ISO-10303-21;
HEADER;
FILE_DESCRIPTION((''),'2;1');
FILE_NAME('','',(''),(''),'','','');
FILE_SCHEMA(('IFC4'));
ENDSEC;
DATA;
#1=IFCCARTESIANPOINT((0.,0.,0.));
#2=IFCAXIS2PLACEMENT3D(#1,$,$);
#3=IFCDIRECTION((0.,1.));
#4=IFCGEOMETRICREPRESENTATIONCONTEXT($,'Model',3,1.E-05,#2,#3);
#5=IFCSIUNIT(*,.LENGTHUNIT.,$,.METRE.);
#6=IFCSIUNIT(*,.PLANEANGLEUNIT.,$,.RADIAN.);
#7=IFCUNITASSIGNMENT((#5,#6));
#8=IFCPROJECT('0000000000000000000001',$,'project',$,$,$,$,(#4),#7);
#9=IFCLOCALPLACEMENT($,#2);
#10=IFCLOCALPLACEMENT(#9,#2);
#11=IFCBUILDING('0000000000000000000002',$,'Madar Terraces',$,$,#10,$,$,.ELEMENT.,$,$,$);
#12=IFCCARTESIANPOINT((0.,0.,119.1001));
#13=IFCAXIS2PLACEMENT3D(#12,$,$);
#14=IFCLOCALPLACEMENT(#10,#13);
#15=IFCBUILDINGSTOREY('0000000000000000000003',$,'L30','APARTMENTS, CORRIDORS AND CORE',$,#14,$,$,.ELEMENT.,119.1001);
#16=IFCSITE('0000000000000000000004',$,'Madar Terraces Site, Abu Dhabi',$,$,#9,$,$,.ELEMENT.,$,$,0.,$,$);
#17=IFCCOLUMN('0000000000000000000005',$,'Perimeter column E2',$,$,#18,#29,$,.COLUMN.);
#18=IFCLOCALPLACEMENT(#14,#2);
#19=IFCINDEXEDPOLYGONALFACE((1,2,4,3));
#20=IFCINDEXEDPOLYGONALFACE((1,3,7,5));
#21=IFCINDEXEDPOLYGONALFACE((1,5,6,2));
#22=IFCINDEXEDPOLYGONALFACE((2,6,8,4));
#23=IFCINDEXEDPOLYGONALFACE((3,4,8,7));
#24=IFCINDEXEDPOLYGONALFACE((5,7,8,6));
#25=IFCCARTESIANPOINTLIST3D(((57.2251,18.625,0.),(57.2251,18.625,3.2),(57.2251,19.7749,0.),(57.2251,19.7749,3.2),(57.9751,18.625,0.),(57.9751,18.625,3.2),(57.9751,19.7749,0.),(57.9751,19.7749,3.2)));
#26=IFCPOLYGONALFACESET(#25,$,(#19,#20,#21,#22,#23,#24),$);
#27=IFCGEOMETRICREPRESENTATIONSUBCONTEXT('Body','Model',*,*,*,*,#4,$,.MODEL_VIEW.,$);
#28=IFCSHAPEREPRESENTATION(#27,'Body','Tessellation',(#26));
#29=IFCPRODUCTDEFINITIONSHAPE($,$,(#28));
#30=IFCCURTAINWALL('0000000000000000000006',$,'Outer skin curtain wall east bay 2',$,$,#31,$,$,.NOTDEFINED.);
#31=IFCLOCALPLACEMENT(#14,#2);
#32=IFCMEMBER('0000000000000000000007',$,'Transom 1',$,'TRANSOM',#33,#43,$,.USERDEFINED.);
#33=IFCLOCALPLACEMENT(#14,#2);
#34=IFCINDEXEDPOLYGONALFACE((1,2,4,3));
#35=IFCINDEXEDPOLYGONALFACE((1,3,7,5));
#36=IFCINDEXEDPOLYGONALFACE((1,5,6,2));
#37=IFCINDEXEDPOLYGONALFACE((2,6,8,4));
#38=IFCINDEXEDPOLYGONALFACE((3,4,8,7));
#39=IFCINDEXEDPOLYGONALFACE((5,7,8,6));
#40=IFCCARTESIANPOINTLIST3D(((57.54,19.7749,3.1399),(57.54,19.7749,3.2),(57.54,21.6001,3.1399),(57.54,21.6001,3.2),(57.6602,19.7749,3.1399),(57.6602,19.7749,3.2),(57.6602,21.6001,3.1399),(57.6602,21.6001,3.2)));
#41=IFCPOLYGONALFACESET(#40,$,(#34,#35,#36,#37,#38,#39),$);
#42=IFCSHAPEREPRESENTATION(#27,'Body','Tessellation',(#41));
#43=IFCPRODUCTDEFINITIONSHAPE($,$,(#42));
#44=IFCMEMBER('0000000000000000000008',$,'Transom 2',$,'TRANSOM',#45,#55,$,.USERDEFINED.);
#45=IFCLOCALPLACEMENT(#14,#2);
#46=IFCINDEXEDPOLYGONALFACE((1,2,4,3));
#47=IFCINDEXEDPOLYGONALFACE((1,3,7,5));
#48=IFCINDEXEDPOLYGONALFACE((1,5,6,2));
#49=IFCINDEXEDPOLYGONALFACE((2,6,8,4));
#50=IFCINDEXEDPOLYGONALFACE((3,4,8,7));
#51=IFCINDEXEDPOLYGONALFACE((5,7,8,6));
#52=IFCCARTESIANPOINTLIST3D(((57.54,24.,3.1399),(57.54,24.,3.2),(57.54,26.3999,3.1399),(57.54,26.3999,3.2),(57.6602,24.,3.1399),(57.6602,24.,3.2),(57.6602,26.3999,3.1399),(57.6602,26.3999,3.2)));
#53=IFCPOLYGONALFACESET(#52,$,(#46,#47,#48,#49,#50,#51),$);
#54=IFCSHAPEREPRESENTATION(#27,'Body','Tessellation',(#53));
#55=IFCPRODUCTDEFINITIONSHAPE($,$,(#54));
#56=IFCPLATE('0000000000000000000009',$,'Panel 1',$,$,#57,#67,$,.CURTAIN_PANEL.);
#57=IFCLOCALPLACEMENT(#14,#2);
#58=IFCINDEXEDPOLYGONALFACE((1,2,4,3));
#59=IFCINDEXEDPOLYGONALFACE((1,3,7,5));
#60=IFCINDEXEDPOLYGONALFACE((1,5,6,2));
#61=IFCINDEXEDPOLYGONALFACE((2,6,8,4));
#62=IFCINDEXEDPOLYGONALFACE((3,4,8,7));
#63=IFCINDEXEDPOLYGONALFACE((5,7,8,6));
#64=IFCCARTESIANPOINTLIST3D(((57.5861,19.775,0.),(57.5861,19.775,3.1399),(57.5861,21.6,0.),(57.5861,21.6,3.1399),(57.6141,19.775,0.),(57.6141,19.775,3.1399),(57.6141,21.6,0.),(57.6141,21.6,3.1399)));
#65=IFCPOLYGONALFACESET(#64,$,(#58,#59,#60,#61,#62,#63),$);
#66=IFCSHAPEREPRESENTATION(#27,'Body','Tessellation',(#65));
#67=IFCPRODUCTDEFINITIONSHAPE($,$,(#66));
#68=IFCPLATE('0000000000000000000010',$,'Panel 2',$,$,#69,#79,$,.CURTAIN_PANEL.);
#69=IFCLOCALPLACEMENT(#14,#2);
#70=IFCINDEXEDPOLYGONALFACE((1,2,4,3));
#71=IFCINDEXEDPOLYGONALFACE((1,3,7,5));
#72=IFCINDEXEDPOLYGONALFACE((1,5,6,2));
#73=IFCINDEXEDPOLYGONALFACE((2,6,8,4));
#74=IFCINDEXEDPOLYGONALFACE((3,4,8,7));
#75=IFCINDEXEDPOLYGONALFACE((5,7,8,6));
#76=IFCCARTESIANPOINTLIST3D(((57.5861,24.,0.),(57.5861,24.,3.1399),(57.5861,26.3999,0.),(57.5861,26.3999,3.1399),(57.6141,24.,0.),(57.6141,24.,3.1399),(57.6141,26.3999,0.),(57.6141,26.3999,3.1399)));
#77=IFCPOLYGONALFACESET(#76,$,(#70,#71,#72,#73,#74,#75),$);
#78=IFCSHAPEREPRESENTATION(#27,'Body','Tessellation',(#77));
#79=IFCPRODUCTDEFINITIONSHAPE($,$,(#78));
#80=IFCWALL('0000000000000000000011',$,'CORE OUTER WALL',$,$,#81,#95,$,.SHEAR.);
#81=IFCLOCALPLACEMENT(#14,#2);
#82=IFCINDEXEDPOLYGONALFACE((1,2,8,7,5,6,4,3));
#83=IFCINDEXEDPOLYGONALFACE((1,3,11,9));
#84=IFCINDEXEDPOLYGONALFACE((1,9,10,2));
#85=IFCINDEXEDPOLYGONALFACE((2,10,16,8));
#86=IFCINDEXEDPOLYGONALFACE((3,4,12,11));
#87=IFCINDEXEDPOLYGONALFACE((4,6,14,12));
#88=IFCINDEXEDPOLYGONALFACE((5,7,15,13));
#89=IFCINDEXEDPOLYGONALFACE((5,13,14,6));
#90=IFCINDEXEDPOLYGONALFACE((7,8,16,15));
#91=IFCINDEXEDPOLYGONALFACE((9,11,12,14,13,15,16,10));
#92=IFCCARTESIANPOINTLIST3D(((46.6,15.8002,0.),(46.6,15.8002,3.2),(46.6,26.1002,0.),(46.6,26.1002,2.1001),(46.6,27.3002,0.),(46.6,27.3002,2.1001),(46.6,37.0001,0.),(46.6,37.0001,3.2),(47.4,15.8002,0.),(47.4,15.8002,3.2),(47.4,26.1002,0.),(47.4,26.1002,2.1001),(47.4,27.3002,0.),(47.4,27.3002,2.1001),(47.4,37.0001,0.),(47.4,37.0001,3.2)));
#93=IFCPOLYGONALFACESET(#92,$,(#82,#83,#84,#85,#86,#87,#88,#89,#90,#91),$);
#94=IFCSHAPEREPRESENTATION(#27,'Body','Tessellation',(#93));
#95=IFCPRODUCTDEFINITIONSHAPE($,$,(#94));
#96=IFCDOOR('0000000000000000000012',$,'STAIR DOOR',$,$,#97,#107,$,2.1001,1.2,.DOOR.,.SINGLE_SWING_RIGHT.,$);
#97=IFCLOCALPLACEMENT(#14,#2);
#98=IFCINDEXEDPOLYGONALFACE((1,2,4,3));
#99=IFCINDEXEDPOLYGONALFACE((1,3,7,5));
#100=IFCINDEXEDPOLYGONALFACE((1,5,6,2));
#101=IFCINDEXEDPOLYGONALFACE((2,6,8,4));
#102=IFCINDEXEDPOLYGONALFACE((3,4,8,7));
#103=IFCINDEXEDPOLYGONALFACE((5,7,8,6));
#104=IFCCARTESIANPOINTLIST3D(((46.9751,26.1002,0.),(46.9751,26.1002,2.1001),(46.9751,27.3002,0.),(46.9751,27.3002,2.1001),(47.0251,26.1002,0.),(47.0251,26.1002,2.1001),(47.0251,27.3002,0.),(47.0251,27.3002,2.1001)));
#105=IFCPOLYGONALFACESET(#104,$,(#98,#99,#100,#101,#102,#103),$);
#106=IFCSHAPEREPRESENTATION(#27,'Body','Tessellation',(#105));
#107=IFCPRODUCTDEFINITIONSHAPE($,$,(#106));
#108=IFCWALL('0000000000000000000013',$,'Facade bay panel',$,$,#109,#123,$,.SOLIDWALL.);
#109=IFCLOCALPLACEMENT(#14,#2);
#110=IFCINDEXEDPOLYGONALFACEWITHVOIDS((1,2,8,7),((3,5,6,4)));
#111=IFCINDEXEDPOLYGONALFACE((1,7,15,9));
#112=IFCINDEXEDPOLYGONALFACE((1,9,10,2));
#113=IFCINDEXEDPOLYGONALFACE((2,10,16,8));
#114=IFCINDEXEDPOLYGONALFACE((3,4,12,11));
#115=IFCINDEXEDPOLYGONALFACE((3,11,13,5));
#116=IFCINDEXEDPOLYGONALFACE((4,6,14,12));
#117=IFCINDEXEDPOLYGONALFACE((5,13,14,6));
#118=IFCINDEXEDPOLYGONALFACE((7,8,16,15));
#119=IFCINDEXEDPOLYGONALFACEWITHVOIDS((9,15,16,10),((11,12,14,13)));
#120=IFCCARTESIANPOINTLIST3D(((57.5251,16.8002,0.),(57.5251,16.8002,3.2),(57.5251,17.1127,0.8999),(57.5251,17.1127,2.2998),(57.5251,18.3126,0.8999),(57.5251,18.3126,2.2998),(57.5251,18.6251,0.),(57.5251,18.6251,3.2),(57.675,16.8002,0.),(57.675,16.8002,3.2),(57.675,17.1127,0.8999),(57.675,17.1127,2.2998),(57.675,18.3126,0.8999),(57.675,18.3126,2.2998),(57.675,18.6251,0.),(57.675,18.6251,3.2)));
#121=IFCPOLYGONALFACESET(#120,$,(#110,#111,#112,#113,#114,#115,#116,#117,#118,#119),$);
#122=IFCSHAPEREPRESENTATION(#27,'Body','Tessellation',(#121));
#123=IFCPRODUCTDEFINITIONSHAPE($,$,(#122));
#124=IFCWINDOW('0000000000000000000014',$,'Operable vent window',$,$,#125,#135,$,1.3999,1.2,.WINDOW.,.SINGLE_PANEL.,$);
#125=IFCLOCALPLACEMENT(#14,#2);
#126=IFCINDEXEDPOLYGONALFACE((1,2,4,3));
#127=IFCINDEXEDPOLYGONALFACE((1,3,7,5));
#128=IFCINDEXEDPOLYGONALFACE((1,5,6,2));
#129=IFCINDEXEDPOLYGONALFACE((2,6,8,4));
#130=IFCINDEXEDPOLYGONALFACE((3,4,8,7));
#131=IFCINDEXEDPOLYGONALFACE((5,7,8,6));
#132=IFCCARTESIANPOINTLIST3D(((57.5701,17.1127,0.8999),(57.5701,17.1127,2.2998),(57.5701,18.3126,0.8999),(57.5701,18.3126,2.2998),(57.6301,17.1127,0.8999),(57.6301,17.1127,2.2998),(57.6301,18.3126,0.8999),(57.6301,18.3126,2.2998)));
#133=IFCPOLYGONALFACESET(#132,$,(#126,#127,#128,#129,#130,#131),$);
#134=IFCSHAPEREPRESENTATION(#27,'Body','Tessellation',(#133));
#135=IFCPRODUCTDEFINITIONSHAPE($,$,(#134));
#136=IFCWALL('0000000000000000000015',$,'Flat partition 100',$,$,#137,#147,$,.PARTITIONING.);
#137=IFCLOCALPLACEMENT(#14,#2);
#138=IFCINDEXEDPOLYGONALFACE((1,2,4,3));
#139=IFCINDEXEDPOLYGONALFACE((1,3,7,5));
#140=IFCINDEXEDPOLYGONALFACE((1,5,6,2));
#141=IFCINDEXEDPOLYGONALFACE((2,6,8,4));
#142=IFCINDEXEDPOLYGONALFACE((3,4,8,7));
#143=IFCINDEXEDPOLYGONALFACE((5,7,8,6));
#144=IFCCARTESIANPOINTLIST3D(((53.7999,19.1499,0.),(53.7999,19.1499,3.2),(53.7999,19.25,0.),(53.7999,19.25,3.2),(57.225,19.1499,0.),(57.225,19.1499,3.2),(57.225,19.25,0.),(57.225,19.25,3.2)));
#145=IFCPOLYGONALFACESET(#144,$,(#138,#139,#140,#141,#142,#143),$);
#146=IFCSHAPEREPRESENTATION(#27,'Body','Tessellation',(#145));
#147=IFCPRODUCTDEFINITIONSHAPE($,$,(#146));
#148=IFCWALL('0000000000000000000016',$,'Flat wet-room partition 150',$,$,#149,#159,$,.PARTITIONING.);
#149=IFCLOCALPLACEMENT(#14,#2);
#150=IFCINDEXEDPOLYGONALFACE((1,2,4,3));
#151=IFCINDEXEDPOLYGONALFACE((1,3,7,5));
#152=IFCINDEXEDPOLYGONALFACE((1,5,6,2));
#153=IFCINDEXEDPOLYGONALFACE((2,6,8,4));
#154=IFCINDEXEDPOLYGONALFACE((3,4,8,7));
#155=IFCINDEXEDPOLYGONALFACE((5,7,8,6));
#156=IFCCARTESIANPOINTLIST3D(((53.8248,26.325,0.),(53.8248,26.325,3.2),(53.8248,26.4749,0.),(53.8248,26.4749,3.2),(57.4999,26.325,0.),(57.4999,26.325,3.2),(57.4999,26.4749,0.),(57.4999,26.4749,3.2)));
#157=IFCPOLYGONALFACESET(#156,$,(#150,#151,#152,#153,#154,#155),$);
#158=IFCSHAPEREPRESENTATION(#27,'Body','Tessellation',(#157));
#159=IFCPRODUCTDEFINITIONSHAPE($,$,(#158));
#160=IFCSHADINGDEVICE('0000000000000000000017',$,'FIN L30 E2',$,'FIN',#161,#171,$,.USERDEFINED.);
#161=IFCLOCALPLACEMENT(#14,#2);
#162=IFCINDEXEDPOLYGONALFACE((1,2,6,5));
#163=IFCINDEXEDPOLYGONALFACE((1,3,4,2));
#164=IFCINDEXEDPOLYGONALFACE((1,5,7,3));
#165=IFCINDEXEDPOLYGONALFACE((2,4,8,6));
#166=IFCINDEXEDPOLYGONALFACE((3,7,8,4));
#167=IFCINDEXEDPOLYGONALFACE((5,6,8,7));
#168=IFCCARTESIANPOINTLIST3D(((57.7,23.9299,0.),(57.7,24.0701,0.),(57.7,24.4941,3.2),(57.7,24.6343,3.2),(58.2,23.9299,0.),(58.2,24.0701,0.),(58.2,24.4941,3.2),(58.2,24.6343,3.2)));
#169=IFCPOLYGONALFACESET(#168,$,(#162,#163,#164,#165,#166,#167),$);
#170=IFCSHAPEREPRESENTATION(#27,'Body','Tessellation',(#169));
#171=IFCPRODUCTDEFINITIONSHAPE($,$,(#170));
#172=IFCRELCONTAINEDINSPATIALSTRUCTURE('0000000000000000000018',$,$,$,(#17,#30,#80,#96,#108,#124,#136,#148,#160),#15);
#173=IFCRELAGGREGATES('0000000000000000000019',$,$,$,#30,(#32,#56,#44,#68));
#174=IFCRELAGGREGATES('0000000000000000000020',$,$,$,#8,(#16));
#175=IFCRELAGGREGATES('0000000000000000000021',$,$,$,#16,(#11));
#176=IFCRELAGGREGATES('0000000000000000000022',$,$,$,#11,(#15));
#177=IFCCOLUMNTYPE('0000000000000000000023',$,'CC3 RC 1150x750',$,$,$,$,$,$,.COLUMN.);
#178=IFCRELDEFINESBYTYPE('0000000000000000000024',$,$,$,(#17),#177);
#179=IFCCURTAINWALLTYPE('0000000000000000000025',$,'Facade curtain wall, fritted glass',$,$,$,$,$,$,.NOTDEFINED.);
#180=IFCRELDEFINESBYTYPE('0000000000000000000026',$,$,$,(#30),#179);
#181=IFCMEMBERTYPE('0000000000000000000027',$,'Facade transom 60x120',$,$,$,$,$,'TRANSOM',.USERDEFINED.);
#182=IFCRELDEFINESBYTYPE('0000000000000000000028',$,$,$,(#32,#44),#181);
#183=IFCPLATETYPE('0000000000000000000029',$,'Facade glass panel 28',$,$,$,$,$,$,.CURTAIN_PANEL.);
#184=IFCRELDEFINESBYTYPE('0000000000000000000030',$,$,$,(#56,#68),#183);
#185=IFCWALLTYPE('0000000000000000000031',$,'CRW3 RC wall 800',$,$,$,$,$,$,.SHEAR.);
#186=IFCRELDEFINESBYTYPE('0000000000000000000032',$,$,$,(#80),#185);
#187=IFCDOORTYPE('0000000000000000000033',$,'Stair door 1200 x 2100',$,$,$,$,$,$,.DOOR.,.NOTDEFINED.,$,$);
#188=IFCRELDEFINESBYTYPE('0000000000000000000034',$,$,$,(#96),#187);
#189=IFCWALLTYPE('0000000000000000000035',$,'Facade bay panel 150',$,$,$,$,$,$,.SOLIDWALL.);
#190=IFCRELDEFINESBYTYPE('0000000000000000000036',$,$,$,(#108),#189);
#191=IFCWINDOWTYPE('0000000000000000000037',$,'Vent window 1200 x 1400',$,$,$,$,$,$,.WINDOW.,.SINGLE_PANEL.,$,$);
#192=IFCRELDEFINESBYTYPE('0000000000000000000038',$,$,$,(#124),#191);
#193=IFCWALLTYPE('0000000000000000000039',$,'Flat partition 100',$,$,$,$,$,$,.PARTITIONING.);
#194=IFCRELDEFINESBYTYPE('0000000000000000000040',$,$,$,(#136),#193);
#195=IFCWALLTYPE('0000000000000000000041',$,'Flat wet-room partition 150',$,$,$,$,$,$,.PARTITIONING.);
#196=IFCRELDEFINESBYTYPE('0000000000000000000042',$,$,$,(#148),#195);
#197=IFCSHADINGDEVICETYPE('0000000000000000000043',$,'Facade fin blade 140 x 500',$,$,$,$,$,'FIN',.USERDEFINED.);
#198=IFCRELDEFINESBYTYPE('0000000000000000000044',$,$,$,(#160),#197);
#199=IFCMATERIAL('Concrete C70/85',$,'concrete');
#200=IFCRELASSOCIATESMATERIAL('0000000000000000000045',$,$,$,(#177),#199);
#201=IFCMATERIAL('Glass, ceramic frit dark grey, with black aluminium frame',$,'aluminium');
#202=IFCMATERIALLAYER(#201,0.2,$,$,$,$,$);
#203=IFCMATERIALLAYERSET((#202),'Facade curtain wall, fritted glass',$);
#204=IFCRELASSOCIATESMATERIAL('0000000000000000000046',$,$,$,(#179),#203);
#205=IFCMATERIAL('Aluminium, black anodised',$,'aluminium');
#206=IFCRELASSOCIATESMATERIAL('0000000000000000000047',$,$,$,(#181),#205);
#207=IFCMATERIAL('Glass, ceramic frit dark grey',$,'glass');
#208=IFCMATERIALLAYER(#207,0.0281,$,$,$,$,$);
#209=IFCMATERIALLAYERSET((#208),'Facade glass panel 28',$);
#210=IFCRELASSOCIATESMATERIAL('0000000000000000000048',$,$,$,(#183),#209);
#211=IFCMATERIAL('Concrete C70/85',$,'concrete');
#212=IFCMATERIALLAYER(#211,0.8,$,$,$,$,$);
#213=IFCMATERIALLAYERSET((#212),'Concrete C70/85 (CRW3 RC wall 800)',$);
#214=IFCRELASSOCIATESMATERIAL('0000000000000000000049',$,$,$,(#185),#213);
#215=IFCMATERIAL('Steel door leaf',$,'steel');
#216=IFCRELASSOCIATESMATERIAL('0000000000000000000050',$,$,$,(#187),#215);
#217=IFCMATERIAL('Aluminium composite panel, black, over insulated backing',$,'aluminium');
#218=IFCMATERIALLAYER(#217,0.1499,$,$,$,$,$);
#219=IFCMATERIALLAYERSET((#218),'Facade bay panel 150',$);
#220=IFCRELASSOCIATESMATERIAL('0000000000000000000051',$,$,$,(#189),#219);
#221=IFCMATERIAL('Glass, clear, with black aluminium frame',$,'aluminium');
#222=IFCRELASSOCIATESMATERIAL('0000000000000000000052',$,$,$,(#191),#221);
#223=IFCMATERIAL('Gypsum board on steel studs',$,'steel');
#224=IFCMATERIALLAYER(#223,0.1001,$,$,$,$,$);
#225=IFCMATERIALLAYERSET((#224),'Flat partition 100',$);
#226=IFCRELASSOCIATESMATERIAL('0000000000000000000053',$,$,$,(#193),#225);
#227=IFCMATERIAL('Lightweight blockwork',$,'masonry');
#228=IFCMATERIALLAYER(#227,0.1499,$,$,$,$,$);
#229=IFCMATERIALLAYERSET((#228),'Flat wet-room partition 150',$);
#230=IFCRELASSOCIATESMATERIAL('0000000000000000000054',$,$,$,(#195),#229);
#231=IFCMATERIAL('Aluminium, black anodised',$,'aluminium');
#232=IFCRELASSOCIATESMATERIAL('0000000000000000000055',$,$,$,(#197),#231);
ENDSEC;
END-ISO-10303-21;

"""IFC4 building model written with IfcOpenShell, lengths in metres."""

from ifc_helpers import new_model, si_unit, direction, frame, frame_2d, origin, origin_2d, place, context, subcontext, project, spatial, polyline, rectangle, outline, extrude, material, layer, layer_set, material_profile, profile_set, type_object, element, fill, aggregate, save


model = new_model("IFC4")

# Units and contexts
model_context = context("Model", 3, precision=1e-05, world=origin(), true_north=direction((0.0, 1.0)))
body_context = subcontext(model_context, "Body", "Model", "MODEL_VIEW")
ifc_project = project(units=[si_unit("LENGTHUNIT", "METRE"), si_unit("PLANEANGLEUNIT", "RADIAN")], contexts=[model_context])

# Site, building, storey
site_placement = place(None, origin())
site = spatial("IfcSite", under=ifc_project, at=site_placement, Name="Madar Terraces Site, Abu Dhabi", CompositionType="ELEMENT", RefElevation=0.0)
building_placement = place(site_placement, origin())
building = spatial("IfcBuilding", under=site, at=building_placement, Name="Madar Terraces", CompositionType="ELEMENT")
storey_placement = place(building_placement, frame((0.0, 0.0, 119.1001)))
storey = spatial("IfcBuildingStorey", under=building, at=storey_placement, Name="L30", Description="APARTMENTS, CORRIDORS AND CORE", CompositionType="ELEMENT", Elevation=119.1001)

# Column
ifc_material_1 = material(Name="Concrete C70/85", Category="concrete")
ifc_material_profile_1 = material_profile(ifc_material_1, rectangle(XDim=1.1499, YDim=0.75, at=origin_2d()), Name="CC3 RC 1150x750")
ifc_profile_set_1 = profile_set([ifc_material_profile_1], Name="Concrete C70/85")
column_type = type_object("IfcColumnType", Name="CC3 RC 1150x750", PredefinedType="COLUMN", material=ifc_profile_set_1)
column_placement = place(storey_placement, frame((57.6001, 19.2, 0.0), z_axis=(0.0, 0.0, 1.0), x_axis=(0.0, 1.0, 0.0)))
element("IfcColumn", 1, at=column_placement, inside=storey, type_object=column_type, Name="Perimeter column E2", PredefinedType="COLUMN", context=body_context, shape_type="SweptSolid", body=[
    extrude(rectangle(XDim=1.1499, YDim=0.75, at=origin_2d()), origin(), (0.0, 0.0, 1.0), 3.2),
])

# Curtain wall, members, plates
ifc_material_2 = material(Name="Glass, ceramic frit dark grey, with black aluminium frame", Category="aluminium")
ifc_layer_1 = layer(ifc_material_2, 0.2)
ifc_layer_set_1 = layer_set([ifc_layer_1], Name="Facade curtain wall, fritted glass")
curtain_wall_type = type_object("IfcCurtainWallType", Name="Facade curtain wall, fritted glass", PredefinedType="NOTDEFINED", material=ifc_layer_set_1)
curtain_wall_placement = place(storey_placement, origin())
curtain_wall = element("IfcCurtainWall", 2, at=curtain_wall_placement, inside=storey, type_object=curtain_wall_type, Name="Outer skin curtain wall east bay 2", PredefinedType="NOTDEFINED")
ifc_material_3 = material(Name="Aluminium, black anodised", Category="aluminium")
ifc_material_profile_2 = material_profile(ifc_material_3, rectangle(XDim=0.1201, YDim=0.0601, at=origin_2d()), Name="Facade transom 60x120")
ifc_profile_set_2 = profile_set([ifc_material_profile_2], Name="Aluminium, black anodised")
member_type = type_object("IfcMemberType", Name="Facade transom 60x120", ElementType="TRANSOM", PredefinedType="USERDEFINED", material=ifc_profile_set_2)
member_1_placement = place(storey_placement, frame((57.6001, 19.7749, 3.1699), z_axis=(0.0, 1.0, 0.0), x_axis=(-1.0, 0.0, 0.0)))
member_1 = element("IfcMember", 3, at=member_1_placement, type_object=member_type, Name="Transom 1", ObjectType="TRANSOM", PredefinedType="USERDEFINED", context=body_context, shape_type="SweptSolid", body=[
    extrude(rectangle(XDim=0.1201, YDim=0.0601, at=origin_2d()), origin(), (0.0, 0.0, 1.0), 1.8252),
])
member_2_placement = place(storey_placement, frame((57.6001, 24.0, 3.1699), z_axis=(0.0, 1.0, 0.0), x_axis=(-1.0, 0.0, 0.0)))
member_2 = element("IfcMember", 4, at=member_2_placement, type_object=member_type, Name="Transom 2", ObjectType="TRANSOM", PredefinedType="USERDEFINED", context=body_context, shape_type="SweptSolid", body=[
    extrude(rectangle(XDim=0.1201, YDim=0.0601, at=origin_2d()), origin(), (0.0, 0.0, 1.0), 2.3999),
])
ifc_material_4 = material(Name="Glass, ceramic frit dark grey", Category="glass")
ifc_layer_2 = layer(ifc_material_4, 0.0281)
ifc_layer_set_2 = layer_set([ifc_layer_2], Name="Facade glass panel 28")
plate_type = type_object("IfcPlateType", Name="Facade glass panel 28", PredefinedType="CURTAIN_PANEL", material=ifc_layer_set_2)
plate_1_placement = place(storey_placement, frame((57.6001, 20.6875, 0.0), z_axis=(0.0, 0.0, 1.0), x_axis=(0.0, 1.0, 0.0)))
plate_1 = element("IfcPlate", 5, at=plate_1_placement, type_object=plate_type, Name="Panel 1", PredefinedType="CURTAIN_PANEL", context=body_context, shape_type="SweptSolid", body=[
    extrude(rectangle(XDim=1.825, YDim=0.0281, at=origin_2d()), origin(), (0.0, 0.0, 1.0), 3.1399),
])
plate_2_placement = place(storey_placement, frame((57.6001, 25.2, 0.0), z_axis=(0.0, 0.0, 1.0), x_axis=(0.0, 1.0, 0.0)))
plate_2 = element("IfcPlate", 6, at=plate_2_placement, type_object=plate_type, Name="Panel 2", PredefinedType="CURTAIN_PANEL", context=body_context, shape_type="SweptSolid", body=[
    extrude(rectangle(XDim=2.3999, YDim=0.0281, at=origin_2d()), origin(), (0.0, 0.0, 1.0), 3.1399),
])
aggregate(curtain_wall, [member_1, plate_1, member_2, plate_2])

# Wall, opening, door
ifc_material_5 = material(Name="Concrete C70/85", Category="concrete")
ifc_layer_3 = layer(ifc_material_5, 0.8)
ifc_layer_set_3 = layer_set([ifc_layer_3], Name="Concrete C70/85 (CRW3 RC wall 800)")
wall_type_1 = type_object("IfcWallType", Name="CRW3 RC wall 800", PredefinedType="SHEAR", material=ifc_layer_set_3)
wall_1_placement = place(storey_placement, frame((47.0, 15.8, 0.0), z_axis=(0.0, 0.0, 1.0), x_axis=(0.0, 1.0, 0.0)))
wall_1 = element("IfcWall", 7, at=wall_1_placement, inside=storey, type_object=wall_type_1, Name="CORE OUTER WALL", PredefinedType="SHEAR", context=body_context, shape_type="SweptSolid", body=[
    extrude(rectangle(XDim=21.2, YDim=0.8, at=frame_2d((10.6001, 0.0))), origin(), (0.0, 0.0, 1.0), 3.2),
])
opening_1_placement = place(wall_1_placement, frame((10.3, 0.0, 0.0)))
opening_1 = element("IfcOpeningElement", 8, at=opening_1_placement, cuts=wall_1, PredefinedType="OPENING", context=body_context, shape_type="SweptSolid", body=[
    extrude(rectangle(XDim=1.2, YDim=2.1001, at=frame_2d((0.6001, 1.05))), frame((0.0, 0.4099, 0.0), z_axis=(0.0, -1.0, 0.0), x_axis=(1.0, 0.0, 0.0)), (0.0, 0.0, 1.0), 0.8201),
])
ifc_material_6 = material(Name="Steel door leaf", Category="steel")
door_type_1 = type_object("IfcDoorType", Name="Stair door 1200 x 2100", OperationType="NOTDEFINED", PredefinedType="DOOR", material=ifc_material_6)
door_1_placement = place(opening_1_placement, origin())
door_1 = element("IfcDoor", 9, at=door_1_placement, inside=storey, type_object=door_type_1, Name="STAIR DOOR", OperationType="SINGLE_SWING_RIGHT", OverallHeight=2.1001, OverallWidth=1.2, PredefinedType="DOOR", context=body_context, shape_type="SweptSolid", body=[
    extrude(rectangle(XDim=1.2, YDim=2.1001, at=frame_2d((0.6001, 1.05))), frame((0.0, 0.0249, 0.0), z_axis=(0.0, -1.0, 0.0), x_axis=(1.0, 0.0, 0.0)), (0.0, 0.0, 1.0), 0.05),
])
fill(opening_1, door_1)

# Wall, opening, window
ifc_material_7 = material(Name="Aluminium composite panel, black, over insulated backing", Category="aluminium")
ifc_layer_4 = layer(ifc_material_7, 0.1499)
ifc_layer_set_4 = layer_set([ifc_layer_4], Name="Facade bay panel 150")
wall_type_2 = type_object("IfcWallType", Name="Facade bay panel 150", PredefinedType="SOLIDWALL", material=ifc_layer_set_4)
wall_2_placement = place(storey_placement, frame((57.6001, 16.8, 0.0), z_axis=(0.0, 0.0, 1.0), x_axis=(0.0, 1.0, 0.0)))
wall_2 = element("IfcWall", 10, at=wall_2_placement, inside=storey, type_object=wall_type_2, Name="Facade bay panel", PredefinedType="SOLIDWALL", context=body_context, shape_type="SweptSolid", body=[
    extrude(rectangle(XDim=1.825, YDim=0.1499, at=frame_2d((0.9126, 0.0))), origin(), (0.0, 0.0, 1.0), 3.2),
])
opening_2_placement = place(wall_2_placement, frame((0.3125, 0.0, 0.8999)))
opening_2 = element("IfcOpeningElement", 11, at=opening_2_placement, cuts=wall_2, PredefinedType="OPENING", context=body_context, shape_type="SweptSolid", body=[
    extrude(rectangle(XDim=1.2, YDim=1.3999, at=frame_2d((0.6001, 0.7))), frame((0.0, 0.085, 0.0), z_axis=(0.0, -1.0, 0.0), x_axis=(1.0, 0.0, 0.0)), (0.0, 0.0, 1.0), 0.1699),
])
ifc_material_8 = material(Name="Glass, clear, with black aluminium frame", Category="aluminium")
window_type = type_object("IfcWindowType", Name="Vent window 1200 x 1400", PartitioningType="SINGLE_PANEL", PredefinedType="WINDOW", material=ifc_material_8)
window_placement = place(opening_2_placement, origin())
window = element("IfcWindow", 12, at=window_placement, inside=storey, type_object=window_type, Name="Operable vent window", OverallHeight=1.3999, OverallWidth=1.2, PartitioningType="SINGLE_PANEL", PredefinedType="WINDOW", context=body_context, shape_type="SweptSolid", body=[
    extrude(rectangle(XDim=1.2, YDim=1.3999, at=frame_2d((0.6001, 0.7))), frame((0.0, 0.03, 0.0), z_axis=(0.0, -1.0, 0.0), x_axis=(1.0, 0.0, 0.0)), (0.0, 0.0, 1.0), 0.0601),
])
fill(opening_2, window)

# Walls
ifc_material_9 = material(Name="Gypsum board on steel studs", Category="steel")
ifc_layer_5 = layer(ifc_material_9, 0.1001)
ifc_layer_set_5 = layer_set([ifc_layer_5], Name="Flat partition 100")
wall_type_3 = type_object("IfcWallType", Name="Flat partition 100", PredefinedType="PARTITIONING", material=ifc_layer_set_5)
wall_3_placement = place(storey_placement, frame((53.8, 19.2, 0.0), z_axis=(0.0, 0.0, 1.0), x_axis=(1.0, 0.0, 0.0)))
element("IfcWall", 13, at=wall_3_placement, inside=storey, type_object=wall_type_3, Name="Flat partition 100", PredefinedType="PARTITIONING", context=body_context, shape_type="SweptSolid", body=[
    extrude(rectangle(XDim=3.425, YDim=0.1001, at=frame_2d((1.7124, 0.0))), origin(), (0.0, 0.0, 1.0), 3.2),
])
ifc_material_10 = material(Name="Lightweight blockwork", Category="masonry")
ifc_layer_6 = layer(ifc_material_10, 0.1499)
ifc_layer_set_6 = layer_set([ifc_layer_6], Name="Flat wet-room partition 150")
wall_type_4 = type_object("IfcWallType", Name="Flat wet-room partition 150", PredefinedType="PARTITIONING", material=ifc_layer_set_6)
wall_4_placement = place(storey_placement, frame((53.825, 26.3999, 0.0), z_axis=(0.0, 0.0, 1.0), x_axis=(1.0, 0.0, 0.0)))
element("IfcWall", 14, at=wall_4_placement, inside=storey, type_object=wall_type_4, Name="Flat wet-room partition 150", PredefinedType="PARTITIONING", context=body_context, shape_type="SweptSolid", body=[
    extrude(rectangle(XDim=3.675, YDim=0.1499, at=frame_2d((1.8374, 0.0))), origin(), (0.0, 0.0, 1.0), 3.2),
])

# Shading device
ifc_material_11 = material(Name="Aluminium, black anodised", Category="aluminium")
shading_device_type = type_object("IfcShadingDeviceType", Name="Facade fin blade 140 x 500", ElementType="FIN", PredefinedType="USERDEFINED", material=ifc_material_11)
shading_device_1_placement = place(storey_placement, frame((57.95, 23.9299, 0.0), z_axis=(0.0, 0.0, 1.0), x_axis=(0.0, 1.0, 0.0)))
element("IfcShadingDevice", 15, at=shading_device_1_placement, inside=storey, type_object=shading_device_type, Name="FIN L30 E2", ObjectType="FIN", PredefinedType="USERDEFINED", context=body_context, shape_type="SweptSolid", body=[
    extrude(outline(polyline([(0.0, 0.0), (0.1401, 0.0), (0.7043, 3.2), (0.5642, 3.2), (0.0, 0.0)])), frame((0.0, 0.25, 0.0), z_axis=(0.0, -1.0, 0.0), x_axis=(1.0, 0.0, 0.0)), (0.0, 0.0, 1.0), 0.5),
])

save(model, "model.ifc")
